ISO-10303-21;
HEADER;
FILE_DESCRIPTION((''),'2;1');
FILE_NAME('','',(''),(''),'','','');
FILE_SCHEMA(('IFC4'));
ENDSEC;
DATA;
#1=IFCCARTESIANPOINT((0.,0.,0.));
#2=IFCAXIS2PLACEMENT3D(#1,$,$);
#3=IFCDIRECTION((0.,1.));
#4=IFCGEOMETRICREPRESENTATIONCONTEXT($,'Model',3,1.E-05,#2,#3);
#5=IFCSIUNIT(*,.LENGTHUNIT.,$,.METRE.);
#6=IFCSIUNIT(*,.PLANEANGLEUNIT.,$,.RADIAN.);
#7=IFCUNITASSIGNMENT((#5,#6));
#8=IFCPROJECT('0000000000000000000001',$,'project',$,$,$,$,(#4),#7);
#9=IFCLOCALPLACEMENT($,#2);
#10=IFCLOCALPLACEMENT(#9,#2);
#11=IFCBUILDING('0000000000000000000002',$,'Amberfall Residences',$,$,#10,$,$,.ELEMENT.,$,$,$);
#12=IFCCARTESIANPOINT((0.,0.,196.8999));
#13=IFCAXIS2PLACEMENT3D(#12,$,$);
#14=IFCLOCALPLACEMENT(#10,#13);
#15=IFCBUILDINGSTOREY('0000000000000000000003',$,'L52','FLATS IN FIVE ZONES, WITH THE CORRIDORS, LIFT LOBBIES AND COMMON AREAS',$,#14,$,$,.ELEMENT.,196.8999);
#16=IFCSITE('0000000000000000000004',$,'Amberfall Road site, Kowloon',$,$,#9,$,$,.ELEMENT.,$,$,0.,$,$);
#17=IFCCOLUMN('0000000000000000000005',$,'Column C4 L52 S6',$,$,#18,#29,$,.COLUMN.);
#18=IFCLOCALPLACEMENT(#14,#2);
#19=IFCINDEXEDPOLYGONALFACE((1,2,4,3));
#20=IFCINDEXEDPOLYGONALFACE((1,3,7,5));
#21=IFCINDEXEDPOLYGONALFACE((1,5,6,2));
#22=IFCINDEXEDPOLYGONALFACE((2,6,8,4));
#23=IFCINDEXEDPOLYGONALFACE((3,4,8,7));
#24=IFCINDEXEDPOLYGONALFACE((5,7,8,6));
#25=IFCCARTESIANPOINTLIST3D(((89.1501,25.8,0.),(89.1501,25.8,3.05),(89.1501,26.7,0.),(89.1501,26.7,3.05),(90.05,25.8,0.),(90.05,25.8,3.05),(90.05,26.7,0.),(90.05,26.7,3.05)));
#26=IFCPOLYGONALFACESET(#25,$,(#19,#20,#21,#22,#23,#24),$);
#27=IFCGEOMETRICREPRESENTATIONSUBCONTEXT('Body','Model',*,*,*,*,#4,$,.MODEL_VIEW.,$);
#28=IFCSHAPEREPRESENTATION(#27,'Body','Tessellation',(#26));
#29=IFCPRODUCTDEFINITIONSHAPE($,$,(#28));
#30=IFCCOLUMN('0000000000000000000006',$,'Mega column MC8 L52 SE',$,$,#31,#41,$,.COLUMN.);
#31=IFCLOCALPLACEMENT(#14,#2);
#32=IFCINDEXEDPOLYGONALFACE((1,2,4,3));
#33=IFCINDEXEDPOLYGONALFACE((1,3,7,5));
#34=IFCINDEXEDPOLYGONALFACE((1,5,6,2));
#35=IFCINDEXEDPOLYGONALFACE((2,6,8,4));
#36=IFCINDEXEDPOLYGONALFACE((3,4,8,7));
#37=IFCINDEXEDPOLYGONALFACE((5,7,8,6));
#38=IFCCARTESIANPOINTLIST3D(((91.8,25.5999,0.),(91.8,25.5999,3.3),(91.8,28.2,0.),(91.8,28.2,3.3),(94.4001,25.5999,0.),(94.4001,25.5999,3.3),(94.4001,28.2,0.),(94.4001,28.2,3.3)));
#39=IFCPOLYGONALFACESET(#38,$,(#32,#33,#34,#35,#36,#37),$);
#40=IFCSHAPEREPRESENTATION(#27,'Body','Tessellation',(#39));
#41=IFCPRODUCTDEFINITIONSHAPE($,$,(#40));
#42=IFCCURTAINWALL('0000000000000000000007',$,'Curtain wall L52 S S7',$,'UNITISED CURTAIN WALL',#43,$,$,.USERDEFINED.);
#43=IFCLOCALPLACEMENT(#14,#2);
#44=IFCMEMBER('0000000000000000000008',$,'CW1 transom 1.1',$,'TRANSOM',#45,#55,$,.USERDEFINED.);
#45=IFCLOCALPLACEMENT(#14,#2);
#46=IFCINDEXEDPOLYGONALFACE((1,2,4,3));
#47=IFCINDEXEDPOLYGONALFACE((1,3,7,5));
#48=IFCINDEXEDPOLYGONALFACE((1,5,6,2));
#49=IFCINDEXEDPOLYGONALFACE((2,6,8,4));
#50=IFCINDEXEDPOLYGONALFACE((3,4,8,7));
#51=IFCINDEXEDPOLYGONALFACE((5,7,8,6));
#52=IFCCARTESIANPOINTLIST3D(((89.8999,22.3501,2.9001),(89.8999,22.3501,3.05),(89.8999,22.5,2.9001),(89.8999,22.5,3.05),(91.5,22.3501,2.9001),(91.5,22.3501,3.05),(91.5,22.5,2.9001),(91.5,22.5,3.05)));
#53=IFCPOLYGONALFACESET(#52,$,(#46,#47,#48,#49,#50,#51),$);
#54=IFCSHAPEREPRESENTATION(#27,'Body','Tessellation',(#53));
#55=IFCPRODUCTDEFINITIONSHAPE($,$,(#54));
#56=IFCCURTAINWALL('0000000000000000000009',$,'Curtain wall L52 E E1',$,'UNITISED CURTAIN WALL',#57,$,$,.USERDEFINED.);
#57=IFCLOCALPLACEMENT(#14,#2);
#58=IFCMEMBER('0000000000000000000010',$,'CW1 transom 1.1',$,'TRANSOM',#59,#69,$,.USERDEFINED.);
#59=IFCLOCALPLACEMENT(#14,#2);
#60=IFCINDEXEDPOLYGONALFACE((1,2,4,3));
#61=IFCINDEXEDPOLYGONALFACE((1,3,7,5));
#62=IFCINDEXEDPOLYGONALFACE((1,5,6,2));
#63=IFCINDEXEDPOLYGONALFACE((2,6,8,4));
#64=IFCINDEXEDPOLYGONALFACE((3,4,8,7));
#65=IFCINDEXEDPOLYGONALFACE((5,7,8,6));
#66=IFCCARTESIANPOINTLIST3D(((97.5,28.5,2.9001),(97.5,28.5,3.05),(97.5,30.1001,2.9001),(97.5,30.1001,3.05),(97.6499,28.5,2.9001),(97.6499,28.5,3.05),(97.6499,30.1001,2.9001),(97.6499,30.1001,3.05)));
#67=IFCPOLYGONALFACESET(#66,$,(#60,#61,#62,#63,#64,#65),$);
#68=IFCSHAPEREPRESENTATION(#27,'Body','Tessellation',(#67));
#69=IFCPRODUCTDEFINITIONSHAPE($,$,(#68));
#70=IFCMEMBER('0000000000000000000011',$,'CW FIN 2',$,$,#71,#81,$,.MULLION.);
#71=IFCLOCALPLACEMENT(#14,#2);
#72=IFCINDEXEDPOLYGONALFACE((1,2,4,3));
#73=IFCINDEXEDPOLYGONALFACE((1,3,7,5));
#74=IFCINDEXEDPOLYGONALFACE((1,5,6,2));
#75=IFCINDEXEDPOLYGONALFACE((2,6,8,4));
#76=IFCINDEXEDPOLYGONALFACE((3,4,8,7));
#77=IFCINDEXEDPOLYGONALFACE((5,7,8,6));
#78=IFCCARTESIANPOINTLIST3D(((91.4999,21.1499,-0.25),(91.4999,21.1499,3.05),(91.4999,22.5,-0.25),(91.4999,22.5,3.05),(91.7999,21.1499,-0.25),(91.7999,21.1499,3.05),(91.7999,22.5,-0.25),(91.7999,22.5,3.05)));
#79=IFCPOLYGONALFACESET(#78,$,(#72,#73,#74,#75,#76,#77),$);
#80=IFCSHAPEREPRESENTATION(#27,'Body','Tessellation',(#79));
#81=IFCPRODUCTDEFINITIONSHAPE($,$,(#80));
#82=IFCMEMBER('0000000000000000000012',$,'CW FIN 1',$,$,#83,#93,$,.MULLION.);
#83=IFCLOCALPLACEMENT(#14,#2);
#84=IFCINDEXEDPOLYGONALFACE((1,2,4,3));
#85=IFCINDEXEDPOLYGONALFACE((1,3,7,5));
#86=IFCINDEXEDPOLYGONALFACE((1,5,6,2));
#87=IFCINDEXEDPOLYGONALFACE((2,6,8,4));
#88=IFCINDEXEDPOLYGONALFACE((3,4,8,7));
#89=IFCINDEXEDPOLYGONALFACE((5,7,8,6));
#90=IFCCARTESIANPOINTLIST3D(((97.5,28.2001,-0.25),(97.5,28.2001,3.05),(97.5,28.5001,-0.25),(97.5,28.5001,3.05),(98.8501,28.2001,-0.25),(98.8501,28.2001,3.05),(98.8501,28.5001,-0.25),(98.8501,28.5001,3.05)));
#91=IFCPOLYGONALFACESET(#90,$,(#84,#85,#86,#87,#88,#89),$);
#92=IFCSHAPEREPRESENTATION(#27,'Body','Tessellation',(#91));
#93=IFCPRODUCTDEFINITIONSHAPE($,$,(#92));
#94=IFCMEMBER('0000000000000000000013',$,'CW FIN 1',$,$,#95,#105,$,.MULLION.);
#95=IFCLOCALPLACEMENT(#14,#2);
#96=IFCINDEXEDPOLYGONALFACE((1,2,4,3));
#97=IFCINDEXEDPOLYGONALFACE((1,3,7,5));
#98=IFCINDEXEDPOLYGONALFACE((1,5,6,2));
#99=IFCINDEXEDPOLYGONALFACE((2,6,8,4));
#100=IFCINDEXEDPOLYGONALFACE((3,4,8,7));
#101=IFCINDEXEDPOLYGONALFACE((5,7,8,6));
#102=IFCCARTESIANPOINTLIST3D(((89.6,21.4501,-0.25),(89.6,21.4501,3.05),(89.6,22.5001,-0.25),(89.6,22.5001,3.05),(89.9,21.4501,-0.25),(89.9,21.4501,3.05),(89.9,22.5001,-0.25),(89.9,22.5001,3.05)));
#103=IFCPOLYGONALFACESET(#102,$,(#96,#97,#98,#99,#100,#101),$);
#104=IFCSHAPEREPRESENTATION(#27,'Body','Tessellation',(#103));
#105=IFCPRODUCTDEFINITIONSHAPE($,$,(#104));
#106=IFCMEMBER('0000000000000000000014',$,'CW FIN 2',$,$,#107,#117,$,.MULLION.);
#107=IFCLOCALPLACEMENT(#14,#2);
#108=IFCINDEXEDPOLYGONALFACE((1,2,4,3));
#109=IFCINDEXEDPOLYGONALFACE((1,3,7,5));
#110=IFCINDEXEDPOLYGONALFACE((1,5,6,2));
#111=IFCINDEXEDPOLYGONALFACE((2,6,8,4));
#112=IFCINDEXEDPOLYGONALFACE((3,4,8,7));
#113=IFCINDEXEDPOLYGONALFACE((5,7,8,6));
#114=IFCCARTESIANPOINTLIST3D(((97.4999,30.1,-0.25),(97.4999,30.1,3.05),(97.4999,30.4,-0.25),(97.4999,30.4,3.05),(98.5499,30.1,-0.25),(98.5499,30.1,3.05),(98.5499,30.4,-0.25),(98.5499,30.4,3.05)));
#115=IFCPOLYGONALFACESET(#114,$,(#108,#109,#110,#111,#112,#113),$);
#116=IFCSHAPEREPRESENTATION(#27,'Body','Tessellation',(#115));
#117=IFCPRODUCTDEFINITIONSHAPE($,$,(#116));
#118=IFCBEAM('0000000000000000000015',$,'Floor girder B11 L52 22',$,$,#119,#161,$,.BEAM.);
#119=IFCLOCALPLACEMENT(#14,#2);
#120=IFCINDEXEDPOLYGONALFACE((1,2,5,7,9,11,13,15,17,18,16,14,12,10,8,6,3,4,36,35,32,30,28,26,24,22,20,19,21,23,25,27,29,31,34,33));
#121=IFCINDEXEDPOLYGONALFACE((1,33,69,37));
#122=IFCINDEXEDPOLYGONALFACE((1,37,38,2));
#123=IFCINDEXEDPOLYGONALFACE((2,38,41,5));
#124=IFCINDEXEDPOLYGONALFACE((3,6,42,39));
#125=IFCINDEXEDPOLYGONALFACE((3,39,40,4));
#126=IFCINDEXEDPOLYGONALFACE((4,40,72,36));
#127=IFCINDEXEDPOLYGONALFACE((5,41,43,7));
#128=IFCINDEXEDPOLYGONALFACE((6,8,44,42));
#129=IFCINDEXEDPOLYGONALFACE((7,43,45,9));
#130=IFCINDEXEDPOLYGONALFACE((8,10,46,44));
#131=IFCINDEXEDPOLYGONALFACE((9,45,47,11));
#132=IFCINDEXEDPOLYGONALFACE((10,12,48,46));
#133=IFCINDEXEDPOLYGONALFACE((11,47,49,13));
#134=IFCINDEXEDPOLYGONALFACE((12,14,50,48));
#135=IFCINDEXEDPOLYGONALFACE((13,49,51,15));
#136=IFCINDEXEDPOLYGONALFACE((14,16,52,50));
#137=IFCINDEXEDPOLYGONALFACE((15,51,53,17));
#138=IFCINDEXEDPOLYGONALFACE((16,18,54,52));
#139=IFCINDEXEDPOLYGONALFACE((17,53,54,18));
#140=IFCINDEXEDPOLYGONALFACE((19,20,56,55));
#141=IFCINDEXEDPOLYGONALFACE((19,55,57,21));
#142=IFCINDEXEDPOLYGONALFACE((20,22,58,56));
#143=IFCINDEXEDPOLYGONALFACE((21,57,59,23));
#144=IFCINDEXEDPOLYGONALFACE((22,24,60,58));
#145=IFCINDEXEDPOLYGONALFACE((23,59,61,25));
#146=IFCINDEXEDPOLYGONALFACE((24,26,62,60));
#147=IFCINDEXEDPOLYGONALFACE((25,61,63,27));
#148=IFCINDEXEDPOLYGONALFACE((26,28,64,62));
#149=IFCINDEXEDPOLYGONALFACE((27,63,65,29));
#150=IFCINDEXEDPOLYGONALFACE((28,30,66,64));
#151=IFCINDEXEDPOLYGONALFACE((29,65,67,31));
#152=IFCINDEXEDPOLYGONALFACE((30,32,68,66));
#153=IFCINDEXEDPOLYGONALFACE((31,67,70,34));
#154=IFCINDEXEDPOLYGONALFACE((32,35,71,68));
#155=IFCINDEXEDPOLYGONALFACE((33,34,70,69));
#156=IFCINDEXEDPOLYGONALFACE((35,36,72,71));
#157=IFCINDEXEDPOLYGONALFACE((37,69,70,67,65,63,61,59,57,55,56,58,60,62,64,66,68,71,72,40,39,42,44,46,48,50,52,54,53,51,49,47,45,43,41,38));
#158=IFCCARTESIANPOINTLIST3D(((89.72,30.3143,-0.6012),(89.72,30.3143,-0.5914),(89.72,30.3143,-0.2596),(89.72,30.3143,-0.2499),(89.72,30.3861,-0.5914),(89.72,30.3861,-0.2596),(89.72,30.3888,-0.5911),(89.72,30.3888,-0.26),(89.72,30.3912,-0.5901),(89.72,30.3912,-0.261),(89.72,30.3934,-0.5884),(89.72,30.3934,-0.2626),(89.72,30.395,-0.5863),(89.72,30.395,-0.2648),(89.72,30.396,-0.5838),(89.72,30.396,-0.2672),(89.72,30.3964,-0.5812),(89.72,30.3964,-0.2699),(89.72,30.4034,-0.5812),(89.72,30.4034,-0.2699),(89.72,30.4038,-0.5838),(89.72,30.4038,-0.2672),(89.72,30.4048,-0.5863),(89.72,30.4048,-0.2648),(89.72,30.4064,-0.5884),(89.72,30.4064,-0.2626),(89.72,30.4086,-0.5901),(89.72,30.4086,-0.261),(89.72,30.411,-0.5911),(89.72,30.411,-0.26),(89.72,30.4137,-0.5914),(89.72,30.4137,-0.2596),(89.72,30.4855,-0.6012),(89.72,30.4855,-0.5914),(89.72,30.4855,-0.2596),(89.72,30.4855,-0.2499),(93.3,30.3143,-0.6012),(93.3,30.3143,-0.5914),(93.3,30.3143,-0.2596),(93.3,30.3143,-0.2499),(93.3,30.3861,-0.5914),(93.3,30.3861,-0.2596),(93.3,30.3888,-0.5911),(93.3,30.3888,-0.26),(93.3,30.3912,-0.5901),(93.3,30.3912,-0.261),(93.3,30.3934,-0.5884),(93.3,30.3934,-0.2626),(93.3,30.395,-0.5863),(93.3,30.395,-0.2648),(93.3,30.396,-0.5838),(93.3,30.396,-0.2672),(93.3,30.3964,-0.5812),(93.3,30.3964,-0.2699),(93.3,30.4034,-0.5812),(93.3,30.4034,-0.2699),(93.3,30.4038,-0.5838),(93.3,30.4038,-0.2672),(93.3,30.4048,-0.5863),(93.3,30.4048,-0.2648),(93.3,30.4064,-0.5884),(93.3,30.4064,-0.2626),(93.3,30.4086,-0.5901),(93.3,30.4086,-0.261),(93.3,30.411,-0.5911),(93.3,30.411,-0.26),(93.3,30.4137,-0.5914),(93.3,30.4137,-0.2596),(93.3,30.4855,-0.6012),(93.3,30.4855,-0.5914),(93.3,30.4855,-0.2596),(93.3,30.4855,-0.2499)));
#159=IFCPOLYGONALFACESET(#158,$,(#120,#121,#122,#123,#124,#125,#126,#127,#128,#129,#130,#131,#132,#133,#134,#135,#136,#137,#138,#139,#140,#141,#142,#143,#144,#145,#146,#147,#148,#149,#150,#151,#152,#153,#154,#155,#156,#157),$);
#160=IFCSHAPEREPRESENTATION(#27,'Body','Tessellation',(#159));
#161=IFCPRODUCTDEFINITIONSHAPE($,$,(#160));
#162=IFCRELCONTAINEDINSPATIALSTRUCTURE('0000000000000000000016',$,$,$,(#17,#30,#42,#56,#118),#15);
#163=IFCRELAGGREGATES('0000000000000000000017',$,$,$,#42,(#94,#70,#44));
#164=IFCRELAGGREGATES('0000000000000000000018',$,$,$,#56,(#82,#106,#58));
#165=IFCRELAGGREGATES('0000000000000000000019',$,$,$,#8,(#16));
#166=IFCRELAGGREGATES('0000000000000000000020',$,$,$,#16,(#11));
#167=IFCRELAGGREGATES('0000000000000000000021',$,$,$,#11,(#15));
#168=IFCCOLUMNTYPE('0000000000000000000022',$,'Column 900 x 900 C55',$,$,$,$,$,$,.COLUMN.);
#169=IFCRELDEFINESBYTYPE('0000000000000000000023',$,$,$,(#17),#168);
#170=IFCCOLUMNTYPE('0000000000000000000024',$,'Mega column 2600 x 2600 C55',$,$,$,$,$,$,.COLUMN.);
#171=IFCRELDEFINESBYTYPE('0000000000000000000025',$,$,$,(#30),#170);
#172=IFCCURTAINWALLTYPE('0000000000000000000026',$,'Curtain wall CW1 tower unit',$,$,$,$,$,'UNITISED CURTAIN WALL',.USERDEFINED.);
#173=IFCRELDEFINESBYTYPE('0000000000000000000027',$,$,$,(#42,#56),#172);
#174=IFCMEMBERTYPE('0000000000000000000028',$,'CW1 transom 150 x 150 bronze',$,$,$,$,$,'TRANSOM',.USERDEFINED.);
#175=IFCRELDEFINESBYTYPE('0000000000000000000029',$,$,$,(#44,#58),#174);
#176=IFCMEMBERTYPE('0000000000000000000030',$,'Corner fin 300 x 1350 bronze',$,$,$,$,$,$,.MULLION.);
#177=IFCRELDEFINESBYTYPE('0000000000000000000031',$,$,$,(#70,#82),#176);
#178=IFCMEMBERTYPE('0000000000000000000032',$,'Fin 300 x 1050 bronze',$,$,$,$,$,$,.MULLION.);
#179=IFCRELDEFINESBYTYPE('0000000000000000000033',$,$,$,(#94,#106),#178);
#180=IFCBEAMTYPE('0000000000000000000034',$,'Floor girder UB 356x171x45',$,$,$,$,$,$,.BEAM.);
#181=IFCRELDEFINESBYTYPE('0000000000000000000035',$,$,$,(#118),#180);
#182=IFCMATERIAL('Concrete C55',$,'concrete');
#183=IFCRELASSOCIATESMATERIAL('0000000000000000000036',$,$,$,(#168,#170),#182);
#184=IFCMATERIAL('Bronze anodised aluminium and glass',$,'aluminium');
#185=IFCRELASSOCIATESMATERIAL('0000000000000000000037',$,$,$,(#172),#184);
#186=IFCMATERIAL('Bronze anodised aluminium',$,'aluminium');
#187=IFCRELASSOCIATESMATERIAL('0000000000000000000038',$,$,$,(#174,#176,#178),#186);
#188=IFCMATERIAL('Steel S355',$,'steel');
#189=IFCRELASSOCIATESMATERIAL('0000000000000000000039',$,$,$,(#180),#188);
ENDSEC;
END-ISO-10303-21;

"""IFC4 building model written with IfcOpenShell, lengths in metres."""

from ifc_helpers import new_model, si_unit, direction, frame, origin, origin_2d, place, context, subcontext, project, spatial, rectangle, i_section, extrude, material, material_profile, profile_set, type_object, element, aggregate, save


model = new_model("IFC4")

# Units and contexts
model_context = context("Model", 3, precision=1e-05, world=origin(), true_north=direction((0.0, 1.0)))
body_context = subcontext(model_context, "Body", "Model", "MODEL_VIEW")
ifc_project = project(units=[si_unit("LENGTHUNIT", "METRE"), si_unit("PLANEANGLEUNIT", "RADIAN")], contexts=[model_context])

# Site, building, storey
site_placement = place(None, origin())
site = spatial("IfcSite", under=ifc_project, at=site_placement, Name="Amberfall Road site, Kowloon", CompositionType="ELEMENT", RefElevation=0.0)
building_placement = place(site_placement, origin())
building = spatial("IfcBuilding", under=site, at=building_placement, Name="Amberfall Residences", CompositionType="ELEMENT")
storey_placement = place(building_placement, frame((0.0, 0.0, 196.8999)))
storey = spatial("IfcBuildingStorey", under=building, at=storey_placement, Name="L52", Description="FLATS IN FIVE ZONES, WITH THE CORRIDORS, LIFT LOBBIES AND COMMON AREAS", CompositionType="ELEMENT", Elevation=196.8999)

# Columns
ifc_material_1 = material(Name="Concrete C55", Category="concrete")
ifc_material_profile_1 = material_profile(ifc_material_1, rectangle(XDim=0.8999, YDim=0.8999, at=origin_2d()), Name="Column 900 x 900 C55")
ifc_profile_set_1 = profile_set([ifc_material_profile_1], Name="Concrete C55")
column_type_1 = type_object("IfcColumnType", Name="Column 900 x 900 C55", PredefinedType="COLUMN", material=ifc_profile_set_1)
column_1_placement = place(storey_placement, frame((89.6001, 26.25, 0.0), z_axis=(0.0, 0.0, 1.0), x_axis=(1.0, 0.0, 0.0)))
element("IfcColumn", 1, at=column_1_placement, inside=storey, type_object=column_type_1, Name="Column C4 L52 S6", PredefinedType="COLUMN", context=body_context, shape_type="SweptSolid", body=[
    extrude(rectangle(XDim=0.8999, YDim=0.8999, at=origin_2d()), origin(), (0.0, 0.0, 1.0), 3.05),
])
ifc_material_profile_2 = material_profile(ifc_material_1, rectangle(XDim=2.6001, YDim=2.6001, at=origin_2d()), Name="Mega column 2600 x 2600 C55")
ifc_profile_set_2 = profile_set([ifc_material_profile_2], Name="Concrete C55")
column_type_2 = type_object("IfcColumnType", Name="Mega column 2600 x 2600 C55", PredefinedType="COLUMN", material=ifc_profile_set_2)
column_2_placement = place(storey_placement, frame((93.1001, 26.8999, 0.0), z_axis=(0.0, 0.0, 1.0), x_axis=(1.0, 0.0, 0.0)))
element("IfcColumn", 2, at=column_2_placement, inside=storey, type_object=column_type_2, Name="Mega column MC8 L52 SE", PredefinedType="COLUMN", context=body_context, shape_type="SweptSolid", body=[
    extrude(rectangle(XDim=2.6001, YDim=2.6001, at=origin_2d()), origin(), (0.0, 0.0, 1.0), 3.3),
])

# Curtain walls, members
ifc_material_2 = material(Name="Bronze anodised aluminium and glass", Category="aluminium")
curtain_wall_type = type_object("IfcCurtainWallType", Name="Curtain wall CW1 tower unit", ElementType="UNITISED CURTAIN WALL", PredefinedType="USERDEFINED", material=ifc_material_2)
curtain_wall_1_placement = place(storey_placement, origin())
curtain_wall_1 = element("IfcCurtainWall", 3, at=curtain_wall_1_placement, inside=storey, type_object=curtain_wall_type, Name="Curtain wall L52 S S7", ObjectType="UNITISED CURTAIN WALL", PredefinedType="USERDEFINED")
ifc_material_3 = material(Name="Bronze anodised aluminium", Category="aluminium")
ifc_material_profile_3 = material_profile(ifc_material_3, rectangle(XDim=0.1499, YDim=0.1499, at=origin_2d()), Name="CW1 transom 150 x 150 bronze")
ifc_profile_set_3 = profile_set([ifc_material_profile_3], Name="Bronze anodised aluminium")
member_type_1 = type_object("IfcMemberType", Name="CW1 transom 150 x 150 bronze", ElementType="TRANSOM", PredefinedType="USERDEFINED", material=ifc_profile_set_3)
member_1_placement = place(storey_placement, frame((89.8999, 22.425, 2.9751), z_axis=(1.0, 0.0, 0.0), x_axis=(0.0, 1.0, 0.0)))
member_1 = element("IfcMember", 4, at=member_1_placement, type_object=member_type_1, Name="CW1 transom 1.1", ObjectType="TRANSOM", PredefinedType="USERDEFINED", context=body_context, shape_type="SweptSolid", body=[
    extrude(rectangle(XDim=0.1499, YDim=0.1499, at=origin_2d()), origin(), (0.0, 0.0, 1.0), 1.6001),
])
curtain_wall_2_placement = place(storey_placement, origin())
curtain_wall_2 = element("IfcCurtainWall", 5, at=curtain_wall_2_placement, inside=storey, type_object=curtain_wall_type, Name="Curtain wall L52 E E1", ObjectType="UNITISED CURTAIN WALL", PredefinedType="USERDEFINED")
member_2_placement = place(storey_placement, frame((97.575, 28.5, 2.9751), z_axis=(0.0, 1.0, 0.0), x_axis=(-1.0, 0.0, 0.0)))
member_2 = element("IfcMember", 6, at=member_2_placement, type_object=member_type_1, Name="CW1 transom 1.1", ObjectType="TRANSOM", PredefinedType="USERDEFINED", context=body_context, shape_type="SweptSolid", body=[
    extrude(rectangle(XDim=0.1499, YDim=0.1499, at=origin_2d()), origin(), (0.0, 0.0, 1.0), 1.6001),
])

# Members
ifc_material_profile_4 = material_profile(ifc_material_3, rectangle(XDim=1.3501, YDim=0.3, at=origin_2d()), Name="Corner fin 300 x 1350 bronze")
ifc_profile_set_4 = profile_set([ifc_material_profile_4], Name="Bronze anodised aluminium")
member_type_2 = type_object("IfcMemberType", Name="Corner fin 300 x 1350 bronze", PredefinedType="MULLION", material=ifc_profile_set_4)
member_3_placement = place(storey_placement, frame((91.6499, 21.825, -0.25), z_axis=(0.0, 0.0, 1.0), x_axis=(0.0, 1.0, 0.0)))
member_3 = element("IfcMember", 7, at=member_3_placement, type_object=member_type_2, Name="CW FIN 2", PredefinedType="MULLION", context=body_context, shape_type="SweptSolid", body=[
    extrude(rectangle(XDim=1.3501, YDim=0.3, at=origin_2d()), origin(), (0.0, 0.0, 1.0), 3.3),
])
member_4_placement = place(storey_placement, frame((98.175, 28.3501, -0.25), z_axis=(0.0, 0.0, 1.0), x_axis=(-1.0, 0.0, 0.0)))
member_4 = element("IfcMember", 8, at=member_4_placement, type_object=member_type_2, Name="CW FIN 1", PredefinedType="MULLION", context=body_context, shape_type="SweptSolid", body=[
    extrude(rectangle(XDim=1.3501, YDim=0.3, at=origin_2d()), origin(), (0.0, 0.0, 1.0), 3.3),
])
ifc_material_profile_5 = material_profile(ifc_material_3, rectangle(XDim=1.05, YDim=0.3, at=origin_2d()), Name="Fin 300 x 1050 bronze")
ifc_profile_set_5 = profile_set([ifc_material_profile_5], Name="Bronze anodised aluminium")
member_type_3 = type_object("IfcMemberType", Name="Fin 300 x 1050 bronze", PredefinedType="MULLION", material=ifc_profile_set_5)
member_5_placement = place(storey_placement, frame((89.75, 21.9751, -0.25), z_axis=(0.0, 0.0, 1.0), x_axis=(0.0, 1.0, 0.0)))
member_5 = element("IfcMember", 9, at=member_5_placement, type_object=member_type_3, Name="CW FIN 1", PredefinedType="MULLION", context=body_context, shape_type="SweptSolid", body=[
    extrude(rectangle(XDim=1.05, YDim=0.3, at=origin_2d()), origin(), (0.0, 0.0, 1.0), 3.3),
])
member_6_placement = place(storey_placement, frame((98.0249, 30.25, -0.25), z_axis=(0.0, 0.0, 1.0), x_axis=(-1.0, 0.0, 0.0)))
member_6 = element("IfcMember", 10, at=member_6_placement, type_object=member_type_3, Name="CW FIN 2", PredefinedType="MULLION", context=body_context, shape_type="SweptSolid", body=[
    extrude(rectangle(XDim=1.05, YDim=0.3, at=origin_2d()), origin(), (0.0, 0.0, 1.0), 3.3),
])

# Beam
ifc_material_4 = material(Name="Steel S355", Category="steel")
ifc_material_profile_6 = material_profile(ifc_material_4, i_section(OverallWidth=0.1711, OverallDepth=0.3513, WebThickness=0.0071, FlangeThickness=0.0098, FilletRadius=0.0103, at=origin_2d()), Name="UB 356x171x45")
ifc_profile_set_6 = profile_set([ifc_material_profile_6], Name="Steel S355")
beam_type_1 = type_object("IfcBeamType", Name="Floor girder UB 356x171x45", PredefinedType="BEAM", material=ifc_profile_set_6)
beam_1_placement = place(storey_placement, frame((93.3, 30.3999, -0.4255), z_axis=(-1.0, 0.0, 0.0), x_axis=(0.0, -1.0, 0.0)))
element("IfcBeam", 11, at=beam_1_placement, inside=storey, type_object=beam_type_1, Name="Floor girder B11 L52 22", PredefinedType="BEAM", context=body_context, shape_type="SweptSolid", body=[
    extrude(i_section(OverallWidth=0.1711, OverallDepth=0.3513, WebThickness=0.0071, FlangeThickness=0.0098, FilletRadius=0.0103, at=origin_2d()), origin(), (0.0, 0.0, 1.0), 3.5801),
])

aggregate(curtain_wall_1, [member_5, member_3, member_1])
aggregate(curtain_wall_2, [member_4, member_6, member_2])

save(model, "model.ifc")
